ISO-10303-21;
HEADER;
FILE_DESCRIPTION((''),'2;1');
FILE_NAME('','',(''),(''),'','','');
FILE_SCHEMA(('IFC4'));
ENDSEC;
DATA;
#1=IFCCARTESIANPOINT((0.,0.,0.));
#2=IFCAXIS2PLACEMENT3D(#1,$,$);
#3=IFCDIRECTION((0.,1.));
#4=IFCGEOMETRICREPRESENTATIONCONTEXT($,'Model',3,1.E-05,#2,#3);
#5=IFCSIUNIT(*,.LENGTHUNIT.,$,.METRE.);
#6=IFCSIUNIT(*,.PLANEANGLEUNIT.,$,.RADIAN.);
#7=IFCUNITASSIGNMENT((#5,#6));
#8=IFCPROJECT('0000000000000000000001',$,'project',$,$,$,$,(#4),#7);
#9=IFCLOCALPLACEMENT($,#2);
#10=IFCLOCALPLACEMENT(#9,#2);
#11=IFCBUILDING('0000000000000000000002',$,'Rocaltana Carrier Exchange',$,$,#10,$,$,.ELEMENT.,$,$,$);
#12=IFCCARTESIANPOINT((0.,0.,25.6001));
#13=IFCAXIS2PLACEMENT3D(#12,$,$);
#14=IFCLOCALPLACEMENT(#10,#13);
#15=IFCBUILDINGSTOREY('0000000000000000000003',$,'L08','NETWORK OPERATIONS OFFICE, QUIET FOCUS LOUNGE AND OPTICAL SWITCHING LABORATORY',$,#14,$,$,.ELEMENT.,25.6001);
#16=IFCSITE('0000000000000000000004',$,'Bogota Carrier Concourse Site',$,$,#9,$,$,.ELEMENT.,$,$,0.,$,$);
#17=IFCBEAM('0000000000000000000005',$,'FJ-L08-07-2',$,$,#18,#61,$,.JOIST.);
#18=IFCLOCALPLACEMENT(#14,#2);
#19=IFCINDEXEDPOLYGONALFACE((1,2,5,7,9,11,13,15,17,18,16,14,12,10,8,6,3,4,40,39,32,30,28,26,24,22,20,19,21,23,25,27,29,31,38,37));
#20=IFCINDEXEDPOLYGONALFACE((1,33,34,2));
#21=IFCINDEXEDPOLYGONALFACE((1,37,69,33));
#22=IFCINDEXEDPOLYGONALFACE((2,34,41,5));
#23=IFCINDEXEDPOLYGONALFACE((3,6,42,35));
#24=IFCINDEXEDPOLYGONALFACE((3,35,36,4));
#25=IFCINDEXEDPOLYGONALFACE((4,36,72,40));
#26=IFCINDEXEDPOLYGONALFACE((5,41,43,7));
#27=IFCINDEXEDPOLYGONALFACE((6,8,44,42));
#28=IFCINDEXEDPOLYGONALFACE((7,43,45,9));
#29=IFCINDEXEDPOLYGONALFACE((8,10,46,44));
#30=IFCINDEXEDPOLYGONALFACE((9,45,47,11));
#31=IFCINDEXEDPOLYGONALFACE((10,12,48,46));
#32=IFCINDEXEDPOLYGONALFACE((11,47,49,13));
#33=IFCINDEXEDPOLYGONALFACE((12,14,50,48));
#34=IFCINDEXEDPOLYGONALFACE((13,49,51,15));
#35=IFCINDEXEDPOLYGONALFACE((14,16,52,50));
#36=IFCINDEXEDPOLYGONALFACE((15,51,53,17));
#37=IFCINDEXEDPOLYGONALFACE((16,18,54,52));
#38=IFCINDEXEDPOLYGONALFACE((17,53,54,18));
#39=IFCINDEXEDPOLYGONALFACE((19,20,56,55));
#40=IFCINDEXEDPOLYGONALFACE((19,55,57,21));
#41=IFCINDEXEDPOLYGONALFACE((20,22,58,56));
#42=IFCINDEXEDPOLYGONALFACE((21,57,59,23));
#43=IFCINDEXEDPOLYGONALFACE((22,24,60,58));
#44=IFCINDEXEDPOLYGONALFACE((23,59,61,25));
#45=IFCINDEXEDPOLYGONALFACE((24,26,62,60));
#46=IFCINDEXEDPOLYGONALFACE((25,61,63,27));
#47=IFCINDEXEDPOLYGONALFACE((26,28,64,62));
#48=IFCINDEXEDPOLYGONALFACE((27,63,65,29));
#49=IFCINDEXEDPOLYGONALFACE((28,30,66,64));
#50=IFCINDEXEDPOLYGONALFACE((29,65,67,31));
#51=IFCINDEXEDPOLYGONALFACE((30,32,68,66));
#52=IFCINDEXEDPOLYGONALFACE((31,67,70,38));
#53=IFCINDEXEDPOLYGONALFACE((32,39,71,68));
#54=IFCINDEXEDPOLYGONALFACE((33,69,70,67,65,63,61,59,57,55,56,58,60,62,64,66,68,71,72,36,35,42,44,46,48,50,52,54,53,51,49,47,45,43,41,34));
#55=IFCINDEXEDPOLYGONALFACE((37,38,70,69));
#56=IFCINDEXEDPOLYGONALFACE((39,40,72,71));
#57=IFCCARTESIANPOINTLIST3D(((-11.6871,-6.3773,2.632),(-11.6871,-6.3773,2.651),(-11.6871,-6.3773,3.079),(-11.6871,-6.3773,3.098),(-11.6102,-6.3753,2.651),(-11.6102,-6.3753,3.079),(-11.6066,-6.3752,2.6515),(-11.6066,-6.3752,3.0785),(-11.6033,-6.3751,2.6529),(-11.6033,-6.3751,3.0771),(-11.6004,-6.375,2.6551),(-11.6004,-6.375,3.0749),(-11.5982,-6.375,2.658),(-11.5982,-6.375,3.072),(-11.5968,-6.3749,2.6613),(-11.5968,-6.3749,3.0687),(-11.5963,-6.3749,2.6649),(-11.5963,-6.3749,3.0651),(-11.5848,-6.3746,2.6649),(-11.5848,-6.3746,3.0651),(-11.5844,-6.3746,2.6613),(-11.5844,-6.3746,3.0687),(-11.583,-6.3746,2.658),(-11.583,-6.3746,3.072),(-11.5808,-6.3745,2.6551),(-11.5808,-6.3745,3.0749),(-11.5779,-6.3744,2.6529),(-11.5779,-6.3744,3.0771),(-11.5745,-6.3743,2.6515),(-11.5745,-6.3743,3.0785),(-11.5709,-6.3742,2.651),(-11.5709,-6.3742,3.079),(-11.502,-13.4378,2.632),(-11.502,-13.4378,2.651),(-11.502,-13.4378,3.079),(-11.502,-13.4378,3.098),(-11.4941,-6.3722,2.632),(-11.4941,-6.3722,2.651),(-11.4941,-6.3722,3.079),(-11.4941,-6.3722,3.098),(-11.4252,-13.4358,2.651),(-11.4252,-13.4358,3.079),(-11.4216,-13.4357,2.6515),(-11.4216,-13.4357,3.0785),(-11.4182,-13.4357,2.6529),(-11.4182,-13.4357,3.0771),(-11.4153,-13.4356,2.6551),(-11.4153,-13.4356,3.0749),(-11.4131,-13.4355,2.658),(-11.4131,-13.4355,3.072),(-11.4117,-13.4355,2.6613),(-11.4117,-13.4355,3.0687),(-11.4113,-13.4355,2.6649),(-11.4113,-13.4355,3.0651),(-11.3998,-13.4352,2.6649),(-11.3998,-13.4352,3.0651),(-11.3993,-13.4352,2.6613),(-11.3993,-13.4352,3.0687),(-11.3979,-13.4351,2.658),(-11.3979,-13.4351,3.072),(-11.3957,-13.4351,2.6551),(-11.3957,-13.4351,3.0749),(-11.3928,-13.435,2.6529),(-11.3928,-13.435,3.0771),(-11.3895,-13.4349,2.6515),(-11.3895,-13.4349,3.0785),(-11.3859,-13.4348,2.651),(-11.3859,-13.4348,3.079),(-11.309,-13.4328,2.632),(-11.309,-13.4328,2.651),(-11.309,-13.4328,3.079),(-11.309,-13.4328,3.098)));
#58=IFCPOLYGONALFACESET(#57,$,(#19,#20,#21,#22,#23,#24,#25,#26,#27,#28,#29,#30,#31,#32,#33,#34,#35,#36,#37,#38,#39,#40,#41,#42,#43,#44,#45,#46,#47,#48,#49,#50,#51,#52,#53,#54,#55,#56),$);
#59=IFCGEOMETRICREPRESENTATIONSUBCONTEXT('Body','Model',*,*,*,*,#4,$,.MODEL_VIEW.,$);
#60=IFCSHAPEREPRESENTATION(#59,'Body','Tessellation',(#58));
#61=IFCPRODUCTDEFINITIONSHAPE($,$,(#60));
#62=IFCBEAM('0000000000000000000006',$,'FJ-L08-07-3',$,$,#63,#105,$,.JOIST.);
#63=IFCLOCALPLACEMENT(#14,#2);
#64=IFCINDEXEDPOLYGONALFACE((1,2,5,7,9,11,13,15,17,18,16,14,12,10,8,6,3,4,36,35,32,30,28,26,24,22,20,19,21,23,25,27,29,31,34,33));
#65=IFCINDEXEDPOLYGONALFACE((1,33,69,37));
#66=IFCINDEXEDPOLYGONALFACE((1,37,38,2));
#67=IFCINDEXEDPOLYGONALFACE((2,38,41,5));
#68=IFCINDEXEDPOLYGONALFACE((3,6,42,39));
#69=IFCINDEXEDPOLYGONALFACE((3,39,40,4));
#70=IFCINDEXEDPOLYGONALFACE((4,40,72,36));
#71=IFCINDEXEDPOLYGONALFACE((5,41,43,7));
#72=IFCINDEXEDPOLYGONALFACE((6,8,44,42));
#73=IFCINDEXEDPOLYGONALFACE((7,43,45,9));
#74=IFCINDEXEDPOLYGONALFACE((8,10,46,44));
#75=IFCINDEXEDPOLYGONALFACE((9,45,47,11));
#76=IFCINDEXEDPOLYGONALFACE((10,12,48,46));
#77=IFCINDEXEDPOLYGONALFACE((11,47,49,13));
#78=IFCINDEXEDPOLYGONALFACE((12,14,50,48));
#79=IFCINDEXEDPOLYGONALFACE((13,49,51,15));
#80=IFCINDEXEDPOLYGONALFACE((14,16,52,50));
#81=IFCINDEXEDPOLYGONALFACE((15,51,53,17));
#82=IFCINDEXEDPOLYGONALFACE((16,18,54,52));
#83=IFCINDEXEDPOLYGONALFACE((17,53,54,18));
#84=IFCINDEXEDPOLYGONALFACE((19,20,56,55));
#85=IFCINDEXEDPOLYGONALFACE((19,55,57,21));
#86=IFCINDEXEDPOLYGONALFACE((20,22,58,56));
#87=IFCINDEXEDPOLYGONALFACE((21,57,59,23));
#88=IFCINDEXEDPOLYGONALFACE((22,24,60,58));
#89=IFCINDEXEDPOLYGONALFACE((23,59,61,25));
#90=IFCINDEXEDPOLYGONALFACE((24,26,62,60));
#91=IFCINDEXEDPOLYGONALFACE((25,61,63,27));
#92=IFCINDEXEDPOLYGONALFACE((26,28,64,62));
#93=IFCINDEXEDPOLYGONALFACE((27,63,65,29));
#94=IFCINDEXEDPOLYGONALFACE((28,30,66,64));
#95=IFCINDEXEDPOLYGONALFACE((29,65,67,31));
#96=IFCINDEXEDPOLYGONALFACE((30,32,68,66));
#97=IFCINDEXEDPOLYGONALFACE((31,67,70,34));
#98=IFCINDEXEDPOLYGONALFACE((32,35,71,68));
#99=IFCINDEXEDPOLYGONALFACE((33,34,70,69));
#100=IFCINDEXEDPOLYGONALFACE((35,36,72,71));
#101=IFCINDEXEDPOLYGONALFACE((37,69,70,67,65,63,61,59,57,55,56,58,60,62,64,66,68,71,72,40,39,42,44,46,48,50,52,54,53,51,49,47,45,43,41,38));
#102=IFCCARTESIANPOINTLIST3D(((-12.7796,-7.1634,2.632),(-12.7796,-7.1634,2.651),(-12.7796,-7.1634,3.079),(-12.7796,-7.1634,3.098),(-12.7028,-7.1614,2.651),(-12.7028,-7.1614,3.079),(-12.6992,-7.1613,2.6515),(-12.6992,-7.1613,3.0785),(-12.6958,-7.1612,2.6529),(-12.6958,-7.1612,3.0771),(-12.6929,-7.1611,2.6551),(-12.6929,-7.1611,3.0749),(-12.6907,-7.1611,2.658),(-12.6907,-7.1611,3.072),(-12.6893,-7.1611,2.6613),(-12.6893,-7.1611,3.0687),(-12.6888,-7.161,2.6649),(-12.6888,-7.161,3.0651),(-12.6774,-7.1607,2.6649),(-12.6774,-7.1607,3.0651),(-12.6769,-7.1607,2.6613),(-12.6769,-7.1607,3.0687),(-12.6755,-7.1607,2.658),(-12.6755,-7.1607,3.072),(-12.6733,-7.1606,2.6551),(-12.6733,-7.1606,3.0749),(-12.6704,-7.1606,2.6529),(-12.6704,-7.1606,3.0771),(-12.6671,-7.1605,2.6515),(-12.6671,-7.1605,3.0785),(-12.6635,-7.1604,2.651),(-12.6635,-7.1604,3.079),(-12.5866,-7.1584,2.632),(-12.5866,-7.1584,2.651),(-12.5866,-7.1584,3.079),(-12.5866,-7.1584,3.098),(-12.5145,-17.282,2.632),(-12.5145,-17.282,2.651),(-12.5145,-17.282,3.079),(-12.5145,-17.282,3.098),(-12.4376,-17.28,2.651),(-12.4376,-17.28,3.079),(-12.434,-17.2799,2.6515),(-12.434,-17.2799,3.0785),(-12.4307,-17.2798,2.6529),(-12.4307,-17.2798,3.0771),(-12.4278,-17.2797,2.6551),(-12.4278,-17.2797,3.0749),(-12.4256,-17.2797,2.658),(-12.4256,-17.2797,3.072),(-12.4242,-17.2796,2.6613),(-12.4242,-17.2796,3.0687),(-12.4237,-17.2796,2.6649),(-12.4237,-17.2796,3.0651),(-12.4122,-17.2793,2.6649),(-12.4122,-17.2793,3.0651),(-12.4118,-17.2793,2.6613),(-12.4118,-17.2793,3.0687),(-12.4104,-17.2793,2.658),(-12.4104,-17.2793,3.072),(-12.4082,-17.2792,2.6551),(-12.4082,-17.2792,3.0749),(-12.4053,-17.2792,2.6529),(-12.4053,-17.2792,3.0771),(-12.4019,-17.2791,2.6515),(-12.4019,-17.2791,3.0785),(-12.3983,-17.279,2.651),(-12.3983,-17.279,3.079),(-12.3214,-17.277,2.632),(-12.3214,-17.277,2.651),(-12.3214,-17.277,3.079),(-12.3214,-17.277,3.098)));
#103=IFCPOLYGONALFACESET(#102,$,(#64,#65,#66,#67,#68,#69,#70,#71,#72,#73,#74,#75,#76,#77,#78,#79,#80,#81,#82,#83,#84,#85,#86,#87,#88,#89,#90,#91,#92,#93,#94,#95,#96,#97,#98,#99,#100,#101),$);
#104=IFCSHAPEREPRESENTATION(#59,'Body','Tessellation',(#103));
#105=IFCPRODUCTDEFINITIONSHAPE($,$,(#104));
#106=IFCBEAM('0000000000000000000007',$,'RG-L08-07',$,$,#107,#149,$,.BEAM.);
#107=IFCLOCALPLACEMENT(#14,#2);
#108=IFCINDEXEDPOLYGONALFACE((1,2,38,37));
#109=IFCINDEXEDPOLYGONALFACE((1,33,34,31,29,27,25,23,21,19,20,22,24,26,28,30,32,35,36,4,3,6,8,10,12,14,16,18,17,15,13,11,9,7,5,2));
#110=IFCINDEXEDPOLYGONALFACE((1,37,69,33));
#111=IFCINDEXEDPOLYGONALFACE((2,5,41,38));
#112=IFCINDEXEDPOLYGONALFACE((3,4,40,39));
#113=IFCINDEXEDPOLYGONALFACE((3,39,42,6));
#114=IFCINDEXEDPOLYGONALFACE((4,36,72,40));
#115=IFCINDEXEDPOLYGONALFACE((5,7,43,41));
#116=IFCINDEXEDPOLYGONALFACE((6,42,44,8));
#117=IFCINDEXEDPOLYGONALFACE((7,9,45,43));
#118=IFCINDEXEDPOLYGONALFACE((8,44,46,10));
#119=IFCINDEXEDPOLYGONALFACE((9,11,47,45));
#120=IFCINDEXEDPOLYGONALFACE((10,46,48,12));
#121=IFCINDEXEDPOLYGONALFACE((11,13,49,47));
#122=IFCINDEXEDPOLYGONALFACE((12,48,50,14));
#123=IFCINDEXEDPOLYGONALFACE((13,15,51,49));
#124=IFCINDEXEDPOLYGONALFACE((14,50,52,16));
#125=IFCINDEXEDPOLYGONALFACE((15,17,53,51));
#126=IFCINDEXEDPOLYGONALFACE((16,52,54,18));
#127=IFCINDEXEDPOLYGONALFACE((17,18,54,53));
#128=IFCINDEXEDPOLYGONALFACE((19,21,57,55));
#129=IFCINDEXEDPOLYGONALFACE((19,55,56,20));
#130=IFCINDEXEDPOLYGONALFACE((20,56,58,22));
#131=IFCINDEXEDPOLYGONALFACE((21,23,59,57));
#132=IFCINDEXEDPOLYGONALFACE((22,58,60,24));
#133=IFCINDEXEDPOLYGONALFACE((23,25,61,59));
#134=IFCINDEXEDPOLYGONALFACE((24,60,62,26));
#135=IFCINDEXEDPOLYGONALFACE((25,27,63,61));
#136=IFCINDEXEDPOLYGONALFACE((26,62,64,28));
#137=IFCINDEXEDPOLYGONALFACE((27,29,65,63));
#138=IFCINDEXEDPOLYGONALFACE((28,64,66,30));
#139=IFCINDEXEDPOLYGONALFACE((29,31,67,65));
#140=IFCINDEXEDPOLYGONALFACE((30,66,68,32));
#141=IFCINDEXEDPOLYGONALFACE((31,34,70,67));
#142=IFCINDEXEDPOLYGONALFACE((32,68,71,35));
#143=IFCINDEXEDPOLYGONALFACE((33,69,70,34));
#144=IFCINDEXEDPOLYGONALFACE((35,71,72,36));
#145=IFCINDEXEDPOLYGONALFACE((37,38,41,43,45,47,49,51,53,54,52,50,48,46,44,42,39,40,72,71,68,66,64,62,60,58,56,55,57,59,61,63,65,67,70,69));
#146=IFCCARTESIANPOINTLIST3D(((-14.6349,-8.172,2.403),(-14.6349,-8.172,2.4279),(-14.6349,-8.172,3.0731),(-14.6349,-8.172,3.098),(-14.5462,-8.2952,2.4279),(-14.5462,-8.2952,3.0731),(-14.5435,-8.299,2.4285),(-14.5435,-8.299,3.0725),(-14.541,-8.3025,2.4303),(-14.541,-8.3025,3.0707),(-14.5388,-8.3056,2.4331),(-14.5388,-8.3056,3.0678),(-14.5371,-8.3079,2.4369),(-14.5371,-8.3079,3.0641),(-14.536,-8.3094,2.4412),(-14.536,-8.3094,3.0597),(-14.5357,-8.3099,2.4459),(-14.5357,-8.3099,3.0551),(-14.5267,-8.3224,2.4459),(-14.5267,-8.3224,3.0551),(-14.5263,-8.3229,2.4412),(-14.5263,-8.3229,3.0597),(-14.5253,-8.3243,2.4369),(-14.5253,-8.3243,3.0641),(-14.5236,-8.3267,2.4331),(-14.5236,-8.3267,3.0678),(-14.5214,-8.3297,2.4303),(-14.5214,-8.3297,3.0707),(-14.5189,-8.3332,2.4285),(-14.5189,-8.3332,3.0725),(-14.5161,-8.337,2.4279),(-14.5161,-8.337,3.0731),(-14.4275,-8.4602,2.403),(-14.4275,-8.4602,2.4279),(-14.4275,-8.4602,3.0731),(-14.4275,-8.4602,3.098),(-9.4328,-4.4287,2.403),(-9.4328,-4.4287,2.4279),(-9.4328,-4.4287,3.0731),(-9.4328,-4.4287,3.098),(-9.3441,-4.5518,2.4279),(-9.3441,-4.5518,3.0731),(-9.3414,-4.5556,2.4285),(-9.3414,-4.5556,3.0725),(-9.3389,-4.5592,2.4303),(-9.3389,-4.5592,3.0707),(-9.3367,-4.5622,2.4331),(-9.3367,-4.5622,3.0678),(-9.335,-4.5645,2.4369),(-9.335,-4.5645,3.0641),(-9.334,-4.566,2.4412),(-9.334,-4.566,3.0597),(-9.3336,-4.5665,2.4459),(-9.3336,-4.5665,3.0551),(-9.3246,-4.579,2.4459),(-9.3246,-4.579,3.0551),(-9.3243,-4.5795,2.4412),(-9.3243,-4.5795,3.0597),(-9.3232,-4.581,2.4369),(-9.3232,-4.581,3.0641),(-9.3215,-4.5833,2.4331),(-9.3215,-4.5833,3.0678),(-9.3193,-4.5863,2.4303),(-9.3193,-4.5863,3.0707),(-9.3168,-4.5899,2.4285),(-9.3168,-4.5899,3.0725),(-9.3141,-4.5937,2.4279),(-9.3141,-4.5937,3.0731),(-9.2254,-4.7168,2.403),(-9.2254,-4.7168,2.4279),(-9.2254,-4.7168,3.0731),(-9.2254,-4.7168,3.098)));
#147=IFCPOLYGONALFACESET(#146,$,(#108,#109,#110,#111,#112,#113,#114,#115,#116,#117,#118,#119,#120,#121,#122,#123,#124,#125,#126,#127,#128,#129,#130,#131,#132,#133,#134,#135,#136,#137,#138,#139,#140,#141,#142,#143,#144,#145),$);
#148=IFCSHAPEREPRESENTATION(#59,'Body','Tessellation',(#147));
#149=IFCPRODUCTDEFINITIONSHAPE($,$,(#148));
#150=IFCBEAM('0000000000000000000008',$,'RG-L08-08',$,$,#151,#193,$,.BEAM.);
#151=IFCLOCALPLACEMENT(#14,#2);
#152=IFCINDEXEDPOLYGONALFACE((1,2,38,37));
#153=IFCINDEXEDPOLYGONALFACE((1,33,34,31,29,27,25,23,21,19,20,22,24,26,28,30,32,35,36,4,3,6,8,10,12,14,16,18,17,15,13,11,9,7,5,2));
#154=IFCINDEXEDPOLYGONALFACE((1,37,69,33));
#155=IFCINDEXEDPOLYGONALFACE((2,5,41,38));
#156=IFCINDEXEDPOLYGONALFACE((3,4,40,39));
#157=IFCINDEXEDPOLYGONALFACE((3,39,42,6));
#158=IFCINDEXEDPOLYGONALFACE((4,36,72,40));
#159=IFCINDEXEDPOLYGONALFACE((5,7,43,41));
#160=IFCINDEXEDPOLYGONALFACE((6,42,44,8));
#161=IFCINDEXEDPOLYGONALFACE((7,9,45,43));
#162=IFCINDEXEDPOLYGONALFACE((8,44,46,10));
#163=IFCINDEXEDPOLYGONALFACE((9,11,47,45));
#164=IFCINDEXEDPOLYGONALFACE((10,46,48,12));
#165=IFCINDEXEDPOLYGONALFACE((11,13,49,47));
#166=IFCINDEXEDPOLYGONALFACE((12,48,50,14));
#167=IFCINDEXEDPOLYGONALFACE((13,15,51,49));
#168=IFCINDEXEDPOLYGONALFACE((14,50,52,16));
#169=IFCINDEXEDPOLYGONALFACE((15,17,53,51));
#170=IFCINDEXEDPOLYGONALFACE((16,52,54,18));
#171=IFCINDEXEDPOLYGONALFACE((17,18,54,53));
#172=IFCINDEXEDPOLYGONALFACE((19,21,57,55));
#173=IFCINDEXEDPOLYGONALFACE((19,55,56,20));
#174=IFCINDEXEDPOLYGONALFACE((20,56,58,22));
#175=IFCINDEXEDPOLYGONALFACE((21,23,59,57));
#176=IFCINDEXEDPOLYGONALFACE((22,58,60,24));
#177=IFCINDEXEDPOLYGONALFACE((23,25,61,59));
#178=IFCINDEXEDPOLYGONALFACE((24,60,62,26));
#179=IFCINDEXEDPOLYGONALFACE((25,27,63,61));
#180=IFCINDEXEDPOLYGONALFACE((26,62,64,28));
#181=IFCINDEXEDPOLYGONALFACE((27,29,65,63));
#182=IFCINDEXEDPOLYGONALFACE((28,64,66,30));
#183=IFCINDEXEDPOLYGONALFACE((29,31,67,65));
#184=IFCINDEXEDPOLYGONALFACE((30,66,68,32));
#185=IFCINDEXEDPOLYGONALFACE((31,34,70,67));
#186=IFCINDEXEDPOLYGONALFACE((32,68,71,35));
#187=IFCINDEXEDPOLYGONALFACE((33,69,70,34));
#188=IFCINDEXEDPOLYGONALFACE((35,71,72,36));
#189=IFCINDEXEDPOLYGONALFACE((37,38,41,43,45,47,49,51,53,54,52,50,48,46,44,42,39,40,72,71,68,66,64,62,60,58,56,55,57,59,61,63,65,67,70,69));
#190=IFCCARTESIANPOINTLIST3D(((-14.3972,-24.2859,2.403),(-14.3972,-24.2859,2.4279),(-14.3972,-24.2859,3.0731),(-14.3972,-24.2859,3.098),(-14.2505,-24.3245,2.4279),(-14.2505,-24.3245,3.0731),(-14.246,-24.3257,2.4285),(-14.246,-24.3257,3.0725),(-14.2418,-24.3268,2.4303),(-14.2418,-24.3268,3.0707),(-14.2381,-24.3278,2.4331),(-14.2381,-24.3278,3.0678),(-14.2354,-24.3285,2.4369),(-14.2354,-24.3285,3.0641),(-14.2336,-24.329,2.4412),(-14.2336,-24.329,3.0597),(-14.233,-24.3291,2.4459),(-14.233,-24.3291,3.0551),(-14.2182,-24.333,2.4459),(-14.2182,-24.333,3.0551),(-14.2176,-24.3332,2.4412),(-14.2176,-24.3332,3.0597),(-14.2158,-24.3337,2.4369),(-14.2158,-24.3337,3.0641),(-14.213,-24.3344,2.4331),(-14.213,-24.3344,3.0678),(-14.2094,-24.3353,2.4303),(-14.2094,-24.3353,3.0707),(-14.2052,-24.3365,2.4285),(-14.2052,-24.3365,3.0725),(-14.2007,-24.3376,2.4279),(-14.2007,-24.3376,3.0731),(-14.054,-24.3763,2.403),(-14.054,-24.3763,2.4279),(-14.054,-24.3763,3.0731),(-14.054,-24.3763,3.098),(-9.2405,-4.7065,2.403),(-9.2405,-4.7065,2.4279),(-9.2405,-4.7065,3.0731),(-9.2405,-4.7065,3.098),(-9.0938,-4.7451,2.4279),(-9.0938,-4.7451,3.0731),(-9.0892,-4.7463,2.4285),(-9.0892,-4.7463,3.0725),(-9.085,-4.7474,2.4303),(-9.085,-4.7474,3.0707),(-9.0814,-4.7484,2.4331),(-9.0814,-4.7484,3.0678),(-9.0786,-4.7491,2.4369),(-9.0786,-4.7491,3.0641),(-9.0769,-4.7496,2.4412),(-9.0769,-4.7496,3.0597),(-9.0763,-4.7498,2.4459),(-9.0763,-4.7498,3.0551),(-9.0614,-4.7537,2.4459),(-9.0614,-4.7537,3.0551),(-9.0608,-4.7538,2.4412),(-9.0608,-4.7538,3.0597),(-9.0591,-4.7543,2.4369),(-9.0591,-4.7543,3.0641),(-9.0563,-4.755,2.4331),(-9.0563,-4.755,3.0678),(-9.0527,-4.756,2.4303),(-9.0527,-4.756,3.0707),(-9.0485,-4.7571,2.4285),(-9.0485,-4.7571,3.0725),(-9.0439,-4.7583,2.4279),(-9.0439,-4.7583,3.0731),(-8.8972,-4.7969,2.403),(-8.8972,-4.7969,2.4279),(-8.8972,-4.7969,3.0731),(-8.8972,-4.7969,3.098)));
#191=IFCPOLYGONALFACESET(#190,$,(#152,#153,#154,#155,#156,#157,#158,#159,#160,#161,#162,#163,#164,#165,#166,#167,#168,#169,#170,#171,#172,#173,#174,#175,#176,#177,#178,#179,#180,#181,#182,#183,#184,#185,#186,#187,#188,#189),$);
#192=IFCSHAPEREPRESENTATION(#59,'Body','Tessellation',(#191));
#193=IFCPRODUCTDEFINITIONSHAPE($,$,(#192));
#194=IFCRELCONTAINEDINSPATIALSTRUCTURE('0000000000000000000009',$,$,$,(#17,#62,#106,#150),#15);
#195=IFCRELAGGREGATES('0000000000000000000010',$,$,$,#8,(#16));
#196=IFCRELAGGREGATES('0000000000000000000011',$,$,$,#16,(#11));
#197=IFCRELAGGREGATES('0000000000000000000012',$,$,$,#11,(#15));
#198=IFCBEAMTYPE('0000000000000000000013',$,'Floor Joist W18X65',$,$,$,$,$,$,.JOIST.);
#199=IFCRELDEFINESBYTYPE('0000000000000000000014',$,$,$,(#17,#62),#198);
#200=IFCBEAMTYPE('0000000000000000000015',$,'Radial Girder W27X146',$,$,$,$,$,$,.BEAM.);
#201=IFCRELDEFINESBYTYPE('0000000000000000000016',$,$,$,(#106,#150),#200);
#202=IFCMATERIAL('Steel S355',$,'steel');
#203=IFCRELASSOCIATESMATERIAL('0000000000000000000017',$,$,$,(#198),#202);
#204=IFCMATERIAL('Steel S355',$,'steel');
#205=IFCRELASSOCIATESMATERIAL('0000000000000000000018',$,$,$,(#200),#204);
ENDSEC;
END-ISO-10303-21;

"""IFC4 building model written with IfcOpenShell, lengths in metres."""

from ifc_helpers import new_model, si_unit, direction, frame, origin, origin_2d, place, context, subcontext, project, spatial, i_section, extrude, material, material_profile, profile_set, type_object, element, save


model = new_model("IFC4")

# Units and contexts
model_context = context("Model", 3, precision=1e-05, world=origin(), true_north=direction((0.0, 1.0)))
body_context = subcontext(model_context, "Body", "Model", "MODEL_VIEW")
ifc_project = project(units=[si_unit("LENGTHUNIT", "METRE"), si_unit("PLANEANGLEUNIT", "RADIAN")], contexts=[model_context])

# Site, building, storey
site_placement = place(None, origin())
site = spatial("IfcSite", under=ifc_project, at=site_placement, Name="Bogota Carrier Concourse Site", CompositionType="ELEMENT", RefElevation=0.0)
building_placement = place(site_placement, origin())
building = spatial("IfcBuilding", under=site, at=building_placement, Name="Rocaltana Carrier Exchange", CompositionType="ELEMENT")
storey_placement = place(building_placement, frame((0.0, 0.0, 25.6001)))
storey = spatial("IfcBuildingStorey", under=building, at=storey_placement, Name="L08", Description="NETWORK OPERATIONS OFFICE, QUIET FOCUS LOUNGE AND OPTICAL SWITCHING LABORATORY", CompositionType="ELEMENT", Elevation=25.6001)

# Beams
ifc_material_1 = material(Name="Steel S355", Category="steel")
ifc_material_profile_1 = material_profile(ifc_material_1, i_section(OverallWidth=0.1931, OverallDepth=0.4661, WebThickness=0.0115, FlangeThickness=0.019, FilletRadius=0.0139, at=origin_2d()), Name="W18X65")
ifc_profile_set_1 = profile_set([ifc_material_profile_1], Name="Steel S355")
beam_type_1 = type_object("IfcBeamType", Name="Floor Joist W18X65", PredefinedType="JOIST", material=ifc_profile_set_1)
beam_1_placement = place(storey_placement, frame((-11.5906, -6.3748, 2.865), z_axis=(0.026201, -0.999657, 0.0), x_axis=(0.999657, 0.026201, 0.0)))
element("IfcBeam", 1, at=beam_1_placement, inside=storey, type_object=beam_type_1, Name="FJ-L08-07-2", PredefinedType="JOIST", context=body_context, shape_type="SweptSolid", body=[
    extrude(i_section(OverallWidth=0.1931, OverallDepth=0.4661, WebThickness=0.0115, FlangeThickness=0.019, FilletRadius=0.0139, at=origin_2d()), origin(), (0.0, 0.0, 1.0), 7.063),
])
beam_2_placement = place(storey_placement, frame((-12.6831, -7.1609, 2.865), z_axis=(0.026194, -0.999657, 0.0), x_axis=(0.999657, 0.026194, 0.0)))
element("IfcBeam", 2, at=beam_2_placement, inside=storey, type_object=beam_type_1, Name="FJ-L08-07-3", PredefinedType="JOIST", context=body_context, shape_type="SweptSolid", body=[
    extrude(i_section(OverallWidth=0.1931, OverallDepth=0.4661, WebThickness=0.0115, FlangeThickness=0.019, FilletRadius=0.0139, at=origin_2d()), origin(), (0.0, 0.0, 1.0), 10.1221),
])
ifc_material_2 = material(Name="Steel S355", Category="steel")
ifc_material_profile_2 = material_profile(ifc_material_2, i_section(OverallWidth=0.355, OverallDepth=0.6951, WebThickness=0.0154, FlangeThickness=0.0249, FilletRadius=0.0181, at=origin_2d()), Name="W27X146")
ifc_profile_set_2 = profile_set([ifc_material_profile_2], Name="Steel S355")
beam_type_2 = type_object("IfcBeamType", Name="Radial Girder W27X146", PredefinedType="BEAM", material=ifc_profile_set_2)
beam_3_placement = place(storey_placement, frame((-9.3291, -4.5728, 2.7505), z_axis=(-0.811693, -0.584085, 0.0), x_axis=(0.584085, -0.811693, 0.0)))
element("IfcBeam", 3, at=beam_3_placement, inside=storey, type_object=beam_type_2, Name="RG-L08-07", PredefinedType="BEAM", context=body_context, shape_type="SweptSolid", body=[
    extrude(i_section(OverallWidth=0.355, OverallDepth=0.6951, WebThickness=0.0154, FlangeThickness=0.0249, FilletRadius=0.0181, at=origin_2d()), origin(), (0.0, 0.0, 1.0), 6.4089),
])
beam_4_placement = place(storey_placement, frame((-9.0688, -4.7517, 2.7505), z_axis=(-0.254691, -0.967023, 0.0), x_axis=(0.967023, -0.254691, 0.0)))
element("IfcBeam", 4, at=beam_4_placement, inside=storey, type_object=beam_type_2, Name="RG-L08-08", PredefinedType="BEAM", context=body_context, shape_type="SweptSolid", body=[
    extrude(i_section(OverallWidth=0.355, OverallDepth=0.6951, WebThickness=0.0154, FlangeThickness=0.0249, FilletRadius=0.0181, at=origin_2d()), origin(), (0.0, 0.0, 1.0), 20.2471),
])

save(model, "model.ifc")
